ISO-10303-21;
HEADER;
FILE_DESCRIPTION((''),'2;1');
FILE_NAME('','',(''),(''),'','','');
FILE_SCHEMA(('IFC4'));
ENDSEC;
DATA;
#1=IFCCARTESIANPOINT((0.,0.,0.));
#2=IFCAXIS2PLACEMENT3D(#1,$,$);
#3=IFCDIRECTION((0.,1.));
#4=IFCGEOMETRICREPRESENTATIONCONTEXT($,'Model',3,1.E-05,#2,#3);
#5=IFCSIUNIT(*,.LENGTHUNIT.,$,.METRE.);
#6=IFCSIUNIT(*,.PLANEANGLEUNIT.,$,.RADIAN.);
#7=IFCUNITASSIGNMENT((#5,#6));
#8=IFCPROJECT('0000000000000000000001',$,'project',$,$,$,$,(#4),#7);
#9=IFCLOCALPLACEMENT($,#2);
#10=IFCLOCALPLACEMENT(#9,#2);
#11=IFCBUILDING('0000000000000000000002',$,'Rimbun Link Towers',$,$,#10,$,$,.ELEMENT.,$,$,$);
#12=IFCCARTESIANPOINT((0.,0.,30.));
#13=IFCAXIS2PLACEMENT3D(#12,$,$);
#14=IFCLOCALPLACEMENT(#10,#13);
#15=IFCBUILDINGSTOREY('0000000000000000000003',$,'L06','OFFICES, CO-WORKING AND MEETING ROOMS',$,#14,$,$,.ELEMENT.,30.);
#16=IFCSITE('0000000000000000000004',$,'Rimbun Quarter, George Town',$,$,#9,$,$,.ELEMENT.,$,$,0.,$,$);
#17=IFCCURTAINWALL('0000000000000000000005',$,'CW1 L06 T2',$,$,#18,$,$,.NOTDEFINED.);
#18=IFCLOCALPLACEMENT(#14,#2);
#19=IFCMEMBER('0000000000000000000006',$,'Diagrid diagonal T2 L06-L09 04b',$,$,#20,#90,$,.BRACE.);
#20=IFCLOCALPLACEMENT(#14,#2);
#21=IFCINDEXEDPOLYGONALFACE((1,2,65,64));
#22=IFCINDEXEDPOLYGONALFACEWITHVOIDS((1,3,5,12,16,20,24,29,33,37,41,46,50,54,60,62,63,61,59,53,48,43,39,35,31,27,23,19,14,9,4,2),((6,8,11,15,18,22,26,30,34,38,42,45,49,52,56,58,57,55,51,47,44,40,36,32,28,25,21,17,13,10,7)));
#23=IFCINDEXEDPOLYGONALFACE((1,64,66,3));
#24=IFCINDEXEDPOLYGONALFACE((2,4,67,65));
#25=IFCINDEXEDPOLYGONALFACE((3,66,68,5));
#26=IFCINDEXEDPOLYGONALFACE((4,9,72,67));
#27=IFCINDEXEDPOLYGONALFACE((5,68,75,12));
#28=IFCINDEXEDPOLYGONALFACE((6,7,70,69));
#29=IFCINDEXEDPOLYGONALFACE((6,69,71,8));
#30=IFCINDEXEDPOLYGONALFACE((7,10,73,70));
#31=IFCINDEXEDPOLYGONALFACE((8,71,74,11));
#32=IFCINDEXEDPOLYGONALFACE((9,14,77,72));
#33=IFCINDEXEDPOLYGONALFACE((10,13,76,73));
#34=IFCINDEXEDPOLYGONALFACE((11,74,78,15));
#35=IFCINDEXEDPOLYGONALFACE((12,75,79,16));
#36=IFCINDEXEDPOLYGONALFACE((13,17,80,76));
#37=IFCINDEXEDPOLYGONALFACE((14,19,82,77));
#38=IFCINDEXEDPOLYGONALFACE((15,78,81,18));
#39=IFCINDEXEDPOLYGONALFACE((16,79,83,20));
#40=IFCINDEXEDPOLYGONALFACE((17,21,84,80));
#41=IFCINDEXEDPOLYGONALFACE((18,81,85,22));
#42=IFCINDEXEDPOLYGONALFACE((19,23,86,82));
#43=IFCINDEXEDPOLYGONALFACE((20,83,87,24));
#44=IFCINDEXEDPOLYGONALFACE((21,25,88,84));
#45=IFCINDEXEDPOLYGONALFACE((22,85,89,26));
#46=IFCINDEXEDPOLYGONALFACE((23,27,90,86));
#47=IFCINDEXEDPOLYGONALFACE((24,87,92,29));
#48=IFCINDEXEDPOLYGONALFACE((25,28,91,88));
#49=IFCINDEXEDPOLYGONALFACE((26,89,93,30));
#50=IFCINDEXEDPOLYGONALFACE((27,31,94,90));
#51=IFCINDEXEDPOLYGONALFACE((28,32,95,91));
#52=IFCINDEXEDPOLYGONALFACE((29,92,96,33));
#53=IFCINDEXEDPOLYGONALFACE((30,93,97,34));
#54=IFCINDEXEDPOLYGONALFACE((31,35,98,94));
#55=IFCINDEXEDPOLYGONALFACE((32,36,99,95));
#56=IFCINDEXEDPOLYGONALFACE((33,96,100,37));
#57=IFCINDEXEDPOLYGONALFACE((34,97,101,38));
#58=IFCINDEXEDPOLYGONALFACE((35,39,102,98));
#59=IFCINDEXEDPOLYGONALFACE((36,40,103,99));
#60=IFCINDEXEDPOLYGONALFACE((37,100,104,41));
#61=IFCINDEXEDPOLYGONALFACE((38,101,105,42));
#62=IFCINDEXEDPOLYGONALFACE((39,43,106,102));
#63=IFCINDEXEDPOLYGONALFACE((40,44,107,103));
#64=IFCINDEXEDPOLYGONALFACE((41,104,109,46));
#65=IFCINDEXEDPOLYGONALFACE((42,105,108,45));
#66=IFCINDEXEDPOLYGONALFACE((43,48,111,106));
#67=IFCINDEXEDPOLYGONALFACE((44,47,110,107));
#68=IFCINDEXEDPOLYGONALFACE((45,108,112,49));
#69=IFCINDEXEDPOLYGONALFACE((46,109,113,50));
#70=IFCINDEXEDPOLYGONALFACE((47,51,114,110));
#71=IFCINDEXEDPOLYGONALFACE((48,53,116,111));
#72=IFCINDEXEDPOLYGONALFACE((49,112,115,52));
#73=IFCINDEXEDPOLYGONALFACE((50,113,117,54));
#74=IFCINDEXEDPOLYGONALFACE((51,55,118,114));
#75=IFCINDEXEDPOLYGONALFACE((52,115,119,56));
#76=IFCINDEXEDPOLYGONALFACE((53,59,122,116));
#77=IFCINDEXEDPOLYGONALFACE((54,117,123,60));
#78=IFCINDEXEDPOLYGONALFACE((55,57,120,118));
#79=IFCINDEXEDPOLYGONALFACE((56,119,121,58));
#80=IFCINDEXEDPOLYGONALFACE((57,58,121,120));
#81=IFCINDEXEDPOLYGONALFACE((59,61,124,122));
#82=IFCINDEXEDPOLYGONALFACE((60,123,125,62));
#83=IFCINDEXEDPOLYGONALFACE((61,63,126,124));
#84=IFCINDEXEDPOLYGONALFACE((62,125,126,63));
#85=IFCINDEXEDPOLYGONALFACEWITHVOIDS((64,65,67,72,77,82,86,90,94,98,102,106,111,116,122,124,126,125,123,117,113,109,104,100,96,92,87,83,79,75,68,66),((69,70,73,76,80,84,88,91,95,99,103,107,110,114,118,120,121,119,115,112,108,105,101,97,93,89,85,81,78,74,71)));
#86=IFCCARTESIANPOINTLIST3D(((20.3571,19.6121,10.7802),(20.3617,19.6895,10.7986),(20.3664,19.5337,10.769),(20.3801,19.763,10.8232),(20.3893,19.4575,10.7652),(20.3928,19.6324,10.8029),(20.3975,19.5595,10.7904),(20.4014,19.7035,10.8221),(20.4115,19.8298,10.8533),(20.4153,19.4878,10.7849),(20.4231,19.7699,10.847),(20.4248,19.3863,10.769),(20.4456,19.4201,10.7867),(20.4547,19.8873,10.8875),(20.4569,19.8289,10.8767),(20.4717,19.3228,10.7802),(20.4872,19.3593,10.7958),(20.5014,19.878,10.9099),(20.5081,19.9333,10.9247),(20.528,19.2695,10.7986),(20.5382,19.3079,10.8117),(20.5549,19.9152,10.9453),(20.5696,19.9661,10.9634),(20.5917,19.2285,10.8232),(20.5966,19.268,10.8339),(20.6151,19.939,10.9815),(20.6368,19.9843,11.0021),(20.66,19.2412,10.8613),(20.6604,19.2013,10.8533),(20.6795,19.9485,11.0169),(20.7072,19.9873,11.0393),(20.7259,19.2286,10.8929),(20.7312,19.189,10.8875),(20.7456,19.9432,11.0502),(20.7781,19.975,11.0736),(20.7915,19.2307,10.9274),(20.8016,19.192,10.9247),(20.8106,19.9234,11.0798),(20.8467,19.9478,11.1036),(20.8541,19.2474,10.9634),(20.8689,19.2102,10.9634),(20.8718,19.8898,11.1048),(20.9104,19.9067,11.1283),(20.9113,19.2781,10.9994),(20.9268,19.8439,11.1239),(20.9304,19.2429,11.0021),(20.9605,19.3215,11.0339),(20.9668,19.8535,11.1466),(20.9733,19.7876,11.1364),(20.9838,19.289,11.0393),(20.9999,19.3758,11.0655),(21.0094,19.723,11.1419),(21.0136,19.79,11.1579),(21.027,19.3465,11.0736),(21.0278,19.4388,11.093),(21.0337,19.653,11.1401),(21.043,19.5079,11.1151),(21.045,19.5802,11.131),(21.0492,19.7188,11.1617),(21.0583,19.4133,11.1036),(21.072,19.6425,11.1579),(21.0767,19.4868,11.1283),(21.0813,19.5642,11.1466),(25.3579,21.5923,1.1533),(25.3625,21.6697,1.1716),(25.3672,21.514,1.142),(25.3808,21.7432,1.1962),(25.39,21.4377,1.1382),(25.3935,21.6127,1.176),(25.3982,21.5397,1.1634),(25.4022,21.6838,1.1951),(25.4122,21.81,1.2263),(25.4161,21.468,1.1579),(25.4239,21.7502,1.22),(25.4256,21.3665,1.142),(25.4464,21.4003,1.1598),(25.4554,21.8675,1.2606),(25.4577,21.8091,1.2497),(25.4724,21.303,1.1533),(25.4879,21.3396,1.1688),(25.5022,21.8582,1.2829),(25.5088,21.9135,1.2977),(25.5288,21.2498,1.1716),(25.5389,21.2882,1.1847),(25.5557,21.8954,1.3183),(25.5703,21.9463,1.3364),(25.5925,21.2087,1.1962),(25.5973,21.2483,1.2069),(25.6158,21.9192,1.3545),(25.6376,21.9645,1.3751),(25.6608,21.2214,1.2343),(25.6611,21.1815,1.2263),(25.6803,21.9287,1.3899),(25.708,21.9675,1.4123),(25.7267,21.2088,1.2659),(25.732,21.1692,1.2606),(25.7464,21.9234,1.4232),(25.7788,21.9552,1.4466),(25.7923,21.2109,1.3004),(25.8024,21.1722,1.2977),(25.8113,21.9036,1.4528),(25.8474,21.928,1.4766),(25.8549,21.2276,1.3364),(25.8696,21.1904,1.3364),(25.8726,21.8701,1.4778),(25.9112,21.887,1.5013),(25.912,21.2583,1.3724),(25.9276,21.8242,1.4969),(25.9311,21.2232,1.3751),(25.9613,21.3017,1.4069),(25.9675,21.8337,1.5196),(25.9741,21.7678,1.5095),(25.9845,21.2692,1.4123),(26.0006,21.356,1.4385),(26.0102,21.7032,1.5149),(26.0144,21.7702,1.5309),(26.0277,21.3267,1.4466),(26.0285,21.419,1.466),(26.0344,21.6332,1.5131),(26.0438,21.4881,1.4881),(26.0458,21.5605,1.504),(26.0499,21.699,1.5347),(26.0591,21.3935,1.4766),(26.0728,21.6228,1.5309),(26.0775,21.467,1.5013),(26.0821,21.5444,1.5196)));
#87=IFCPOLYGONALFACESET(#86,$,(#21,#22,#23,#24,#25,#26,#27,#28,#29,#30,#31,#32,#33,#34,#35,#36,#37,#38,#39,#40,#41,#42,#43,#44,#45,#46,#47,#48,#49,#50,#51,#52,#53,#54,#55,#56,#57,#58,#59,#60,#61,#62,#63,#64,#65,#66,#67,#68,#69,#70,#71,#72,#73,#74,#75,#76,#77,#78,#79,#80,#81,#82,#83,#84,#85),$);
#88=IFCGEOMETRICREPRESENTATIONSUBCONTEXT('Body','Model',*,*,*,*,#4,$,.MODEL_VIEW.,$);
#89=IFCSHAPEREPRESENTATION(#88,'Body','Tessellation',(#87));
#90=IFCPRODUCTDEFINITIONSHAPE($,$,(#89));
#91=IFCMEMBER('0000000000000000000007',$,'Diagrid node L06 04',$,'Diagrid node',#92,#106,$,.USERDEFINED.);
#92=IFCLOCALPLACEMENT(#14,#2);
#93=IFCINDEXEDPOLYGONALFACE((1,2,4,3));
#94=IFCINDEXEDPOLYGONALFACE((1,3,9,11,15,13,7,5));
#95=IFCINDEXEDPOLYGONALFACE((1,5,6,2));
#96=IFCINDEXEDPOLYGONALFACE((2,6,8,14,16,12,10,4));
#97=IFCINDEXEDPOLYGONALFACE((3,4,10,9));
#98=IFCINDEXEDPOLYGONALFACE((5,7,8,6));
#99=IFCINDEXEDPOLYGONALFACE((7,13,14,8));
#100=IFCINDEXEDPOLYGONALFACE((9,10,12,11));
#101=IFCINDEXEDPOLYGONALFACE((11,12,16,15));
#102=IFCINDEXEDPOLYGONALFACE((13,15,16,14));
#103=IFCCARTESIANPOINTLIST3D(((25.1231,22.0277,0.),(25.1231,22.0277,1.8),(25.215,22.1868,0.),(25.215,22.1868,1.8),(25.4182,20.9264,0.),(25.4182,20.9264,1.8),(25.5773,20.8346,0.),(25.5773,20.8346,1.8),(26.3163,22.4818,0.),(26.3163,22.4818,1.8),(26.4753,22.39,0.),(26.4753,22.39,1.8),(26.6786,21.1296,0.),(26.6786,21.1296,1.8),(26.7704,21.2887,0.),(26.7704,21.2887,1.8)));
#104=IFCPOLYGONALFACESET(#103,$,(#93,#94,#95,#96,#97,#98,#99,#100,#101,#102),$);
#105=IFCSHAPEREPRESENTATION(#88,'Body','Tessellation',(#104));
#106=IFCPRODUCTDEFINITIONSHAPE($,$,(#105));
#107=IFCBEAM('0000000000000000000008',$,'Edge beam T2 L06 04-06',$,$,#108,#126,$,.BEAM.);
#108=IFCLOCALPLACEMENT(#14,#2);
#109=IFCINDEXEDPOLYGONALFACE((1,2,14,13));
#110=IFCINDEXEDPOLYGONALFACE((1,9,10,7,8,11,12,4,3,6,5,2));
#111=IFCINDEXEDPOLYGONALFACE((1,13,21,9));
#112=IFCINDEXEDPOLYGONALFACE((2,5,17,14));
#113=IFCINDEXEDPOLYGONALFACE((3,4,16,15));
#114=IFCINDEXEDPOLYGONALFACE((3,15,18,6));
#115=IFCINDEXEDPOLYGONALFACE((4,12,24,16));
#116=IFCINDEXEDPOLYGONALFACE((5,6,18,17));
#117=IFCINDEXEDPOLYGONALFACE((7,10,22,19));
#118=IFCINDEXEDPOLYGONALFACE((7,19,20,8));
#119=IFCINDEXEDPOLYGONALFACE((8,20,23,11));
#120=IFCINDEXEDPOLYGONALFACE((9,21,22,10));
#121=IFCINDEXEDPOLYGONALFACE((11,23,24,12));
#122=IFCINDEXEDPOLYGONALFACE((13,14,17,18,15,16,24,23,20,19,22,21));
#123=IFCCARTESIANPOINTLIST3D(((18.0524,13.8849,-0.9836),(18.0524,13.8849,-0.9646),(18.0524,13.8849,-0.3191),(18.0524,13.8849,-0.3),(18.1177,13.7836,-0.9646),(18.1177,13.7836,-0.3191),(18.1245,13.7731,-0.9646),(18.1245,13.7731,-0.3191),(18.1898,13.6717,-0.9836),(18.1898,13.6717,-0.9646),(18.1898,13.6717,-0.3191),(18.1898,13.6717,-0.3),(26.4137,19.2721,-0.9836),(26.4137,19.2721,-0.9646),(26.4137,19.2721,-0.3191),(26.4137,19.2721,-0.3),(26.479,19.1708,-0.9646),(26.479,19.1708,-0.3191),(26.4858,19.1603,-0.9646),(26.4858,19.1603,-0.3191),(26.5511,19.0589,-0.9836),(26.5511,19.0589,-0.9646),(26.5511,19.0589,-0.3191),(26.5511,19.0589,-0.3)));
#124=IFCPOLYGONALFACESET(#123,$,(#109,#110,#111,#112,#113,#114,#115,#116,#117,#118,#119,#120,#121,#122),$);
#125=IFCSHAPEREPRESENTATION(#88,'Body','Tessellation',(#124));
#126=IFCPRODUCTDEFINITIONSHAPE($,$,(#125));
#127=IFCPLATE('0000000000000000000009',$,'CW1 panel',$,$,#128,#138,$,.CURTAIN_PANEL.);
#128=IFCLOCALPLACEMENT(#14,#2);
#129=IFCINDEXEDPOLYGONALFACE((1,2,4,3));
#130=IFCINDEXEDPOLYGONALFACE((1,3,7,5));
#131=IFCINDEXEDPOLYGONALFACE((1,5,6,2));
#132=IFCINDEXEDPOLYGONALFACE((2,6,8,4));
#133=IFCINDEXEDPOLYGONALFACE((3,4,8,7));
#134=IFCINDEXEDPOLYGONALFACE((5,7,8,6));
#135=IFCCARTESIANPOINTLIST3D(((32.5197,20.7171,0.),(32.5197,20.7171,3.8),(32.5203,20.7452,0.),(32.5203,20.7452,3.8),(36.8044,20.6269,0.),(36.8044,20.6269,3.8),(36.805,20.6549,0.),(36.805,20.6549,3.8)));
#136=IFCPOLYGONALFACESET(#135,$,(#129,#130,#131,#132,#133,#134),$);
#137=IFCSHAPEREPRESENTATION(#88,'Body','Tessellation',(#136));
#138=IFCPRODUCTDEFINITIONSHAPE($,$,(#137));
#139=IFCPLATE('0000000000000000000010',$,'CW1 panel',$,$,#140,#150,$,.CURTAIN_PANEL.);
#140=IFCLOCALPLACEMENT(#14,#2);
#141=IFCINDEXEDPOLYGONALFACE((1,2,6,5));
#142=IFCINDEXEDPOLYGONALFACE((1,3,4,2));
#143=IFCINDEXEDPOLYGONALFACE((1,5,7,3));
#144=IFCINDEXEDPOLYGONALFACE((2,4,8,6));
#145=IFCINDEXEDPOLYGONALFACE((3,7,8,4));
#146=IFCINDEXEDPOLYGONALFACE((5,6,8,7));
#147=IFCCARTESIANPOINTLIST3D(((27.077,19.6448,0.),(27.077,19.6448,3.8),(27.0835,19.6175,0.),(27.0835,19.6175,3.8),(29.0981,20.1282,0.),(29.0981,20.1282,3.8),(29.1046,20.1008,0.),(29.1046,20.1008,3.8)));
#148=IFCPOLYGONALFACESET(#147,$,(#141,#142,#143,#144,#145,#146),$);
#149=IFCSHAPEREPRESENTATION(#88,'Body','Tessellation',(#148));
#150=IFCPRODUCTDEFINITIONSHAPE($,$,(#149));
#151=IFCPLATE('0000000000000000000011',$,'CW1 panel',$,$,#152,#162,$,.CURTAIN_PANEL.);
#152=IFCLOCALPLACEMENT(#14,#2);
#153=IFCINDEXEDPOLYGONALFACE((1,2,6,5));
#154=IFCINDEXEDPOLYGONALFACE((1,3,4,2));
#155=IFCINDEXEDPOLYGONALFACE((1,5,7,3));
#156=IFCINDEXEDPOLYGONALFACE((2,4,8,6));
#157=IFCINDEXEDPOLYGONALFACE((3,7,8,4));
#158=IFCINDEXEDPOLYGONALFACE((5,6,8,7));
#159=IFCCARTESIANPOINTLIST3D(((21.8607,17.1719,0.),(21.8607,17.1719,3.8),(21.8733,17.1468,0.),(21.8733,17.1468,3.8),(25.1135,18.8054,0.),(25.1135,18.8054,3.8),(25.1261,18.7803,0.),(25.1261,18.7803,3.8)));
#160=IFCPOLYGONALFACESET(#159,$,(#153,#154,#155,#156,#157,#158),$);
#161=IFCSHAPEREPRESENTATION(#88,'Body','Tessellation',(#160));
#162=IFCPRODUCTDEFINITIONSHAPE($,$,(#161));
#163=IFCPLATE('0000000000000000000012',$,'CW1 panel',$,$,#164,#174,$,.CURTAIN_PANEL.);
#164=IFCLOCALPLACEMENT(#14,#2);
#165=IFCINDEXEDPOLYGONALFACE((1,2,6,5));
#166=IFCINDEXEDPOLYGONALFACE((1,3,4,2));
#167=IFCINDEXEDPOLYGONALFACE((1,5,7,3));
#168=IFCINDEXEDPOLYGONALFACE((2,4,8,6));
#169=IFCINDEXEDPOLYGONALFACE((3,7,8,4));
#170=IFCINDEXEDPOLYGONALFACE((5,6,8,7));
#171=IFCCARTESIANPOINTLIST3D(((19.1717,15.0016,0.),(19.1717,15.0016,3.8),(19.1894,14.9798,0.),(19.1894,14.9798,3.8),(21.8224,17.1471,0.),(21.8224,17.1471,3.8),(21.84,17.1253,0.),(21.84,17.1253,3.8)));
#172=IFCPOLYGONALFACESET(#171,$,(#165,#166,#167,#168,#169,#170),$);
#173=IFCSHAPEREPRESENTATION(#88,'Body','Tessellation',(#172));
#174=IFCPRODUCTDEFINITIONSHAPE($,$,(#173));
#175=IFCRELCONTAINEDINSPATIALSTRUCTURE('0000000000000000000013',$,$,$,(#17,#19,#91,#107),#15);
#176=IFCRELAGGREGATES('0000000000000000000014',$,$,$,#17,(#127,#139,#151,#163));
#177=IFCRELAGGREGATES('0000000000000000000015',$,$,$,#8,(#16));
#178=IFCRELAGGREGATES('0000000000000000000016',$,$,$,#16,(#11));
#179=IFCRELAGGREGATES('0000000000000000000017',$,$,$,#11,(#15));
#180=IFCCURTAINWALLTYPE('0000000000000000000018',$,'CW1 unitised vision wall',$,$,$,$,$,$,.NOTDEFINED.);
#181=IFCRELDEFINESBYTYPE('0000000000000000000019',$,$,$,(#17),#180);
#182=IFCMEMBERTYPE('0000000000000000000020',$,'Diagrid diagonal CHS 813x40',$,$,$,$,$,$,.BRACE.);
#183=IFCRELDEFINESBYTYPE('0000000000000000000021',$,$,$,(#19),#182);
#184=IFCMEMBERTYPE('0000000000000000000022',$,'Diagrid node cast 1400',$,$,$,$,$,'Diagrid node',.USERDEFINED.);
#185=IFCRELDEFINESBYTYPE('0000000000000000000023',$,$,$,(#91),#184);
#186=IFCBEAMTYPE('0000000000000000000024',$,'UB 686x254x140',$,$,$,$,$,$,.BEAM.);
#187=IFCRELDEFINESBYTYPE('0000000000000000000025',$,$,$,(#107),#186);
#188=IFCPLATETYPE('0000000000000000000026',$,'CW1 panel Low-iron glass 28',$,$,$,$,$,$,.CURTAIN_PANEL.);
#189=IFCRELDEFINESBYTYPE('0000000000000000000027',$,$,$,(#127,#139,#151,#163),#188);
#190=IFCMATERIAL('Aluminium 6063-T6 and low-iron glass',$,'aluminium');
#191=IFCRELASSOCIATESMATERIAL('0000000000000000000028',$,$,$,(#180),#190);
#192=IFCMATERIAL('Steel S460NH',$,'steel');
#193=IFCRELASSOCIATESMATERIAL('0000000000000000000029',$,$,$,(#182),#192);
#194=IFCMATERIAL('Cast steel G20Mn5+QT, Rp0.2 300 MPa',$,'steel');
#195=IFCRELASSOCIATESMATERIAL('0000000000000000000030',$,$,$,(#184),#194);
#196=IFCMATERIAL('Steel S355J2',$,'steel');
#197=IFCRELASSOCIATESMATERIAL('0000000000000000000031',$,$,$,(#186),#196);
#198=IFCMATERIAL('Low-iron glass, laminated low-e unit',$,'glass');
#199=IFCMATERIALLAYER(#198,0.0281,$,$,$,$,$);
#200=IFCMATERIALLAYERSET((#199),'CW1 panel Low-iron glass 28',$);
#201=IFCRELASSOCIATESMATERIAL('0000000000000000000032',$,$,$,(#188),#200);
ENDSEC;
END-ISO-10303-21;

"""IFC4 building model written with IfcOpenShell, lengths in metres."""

from ifc_helpers import new_model, si_unit, direction, frame, origin, origin_2d, place, context, subcontext, project, spatial, polyline, rectangle, hollow_circle, i_section, outline, extrude, material, layer, layer_set, material_profile, profile_set, type_object, element, aggregate, save


model = new_model("IFC4")

# Units and contexts
model_context = context("Model", 3, precision=1e-05, world=origin(), true_north=direction((0.0, 1.0)))
body_context = subcontext(model_context, "Body", "Model", "MODEL_VIEW")
ifc_project = project(units=[si_unit("LENGTHUNIT", "METRE"), si_unit("PLANEANGLEUNIT", "RADIAN")], contexts=[model_context])

# Site, building, storey
site_placement = place(None, origin())
site = spatial("IfcSite", under=ifc_project, at=site_placement, Name="Rimbun Quarter, George Town", CompositionType="ELEMENT", RefElevation=0.0)
building_placement = place(site_placement, origin())
building = spatial("IfcBuilding", under=site, at=building_placement, Name="Rimbun Link Towers", CompositionType="ELEMENT")
storey_placement = place(building_placement, frame((0.0, 0.0, 30.0)))
storey = spatial("IfcBuildingStorey", under=building, at=storey_placement, Name="L06", Description="OFFICES, CO-WORKING AND MEETING ROOMS", CompositionType="ELEMENT", Elevation=30.0)

# Curtain wall
ifc_material_1 = material(Name="Aluminium 6063-T6 and low-iron glass", Category="aluminium")
curtain_wall_type = type_object("IfcCurtainWallType", Name="CW1 unitised vision wall", PredefinedType="NOTDEFINED", material=ifc_material_1)
curtain_wall_placement = place(storey_placement, origin())
curtain_wall = element("IfcCurtainWall", 1, at=curtain_wall_placement, inside=storey, type_object=curtain_wall_type, Name="CW1 L06 T2", PredefinedType="NOTDEFINED")

# Members
ifc_material_2 = material(Name="Steel S460NH", Category="steel")
ifc_material_profile_1 = material_profile(ifc_material_2, hollow_circle(Radius=0.4065, WallThickness=0.04, at=origin_2d()), Name="Diagrid diagonal CHS 813x40")
ifc_profile_set_1 = profile_set([ifc_material_profile_1], Name="Steel S460NH")
member_type_1 = type_object("IfcMemberType", Name="Diagrid diagonal CHS 813x40", PredefinedType="BRACE", material=ifc_profile_set_1)
member_1_placement = place(storey_placement, frame((25.72, 21.5684, 1.3364), z_axis=(-0.453476, -0.179571, 0.872991), x_axis=(0.368172, -0.929758, 0.0)))
element("IfcMember", 2, at=member_1_placement, inside=storey, type_object=member_type_1, Name="Diagrid diagonal T2 L06-L09 04b", PredefinedType="BRACE", context=body_context, shape_type="SweptSolid", body=[
    extrude(hollow_circle(Radius=0.4065, WallThickness=0.04, at=origin_2d()), origin(), (0.0, 0.0, 1.0), 11.0276),
])
ifc_material_3 = material(Name="Cast steel G20Mn5+QT, Rp0.2 300 MPa", Category="steel")
ifc_material_profile_2 = material_profile(ifc_material_3, outline(polyline([(0.7, -0.5701), (0.7, 0.5701), (0.5701, 0.7), (-0.5701, 0.7), (-0.7, 0.5701), (-0.7, -0.5701), (-0.5701, -0.7), (0.5701, -0.7), (0.7, -0.5701)])), Name="NODE 1400x1400")
ifc_profile_set_2 = profile_set([ifc_material_profile_2], Name="Cast steel G20Mn5+QT, Rp0.2 300 MPa")
member_type_2 = type_object("IfcMemberType", Name="Diagrid node cast 1400", ElementType="Diagrid node", PredefinedType="USERDEFINED", material=ifc_profile_set_2)
member_2_placement = place(storey_placement, frame((25.9468, 21.6582, 0.0), z_axis=(0.0, 0.0, 1.0), x_axis=(-0.258819, 0.965926, 0.0)))
element("IfcMember", 3, at=member_2_placement, inside=storey, type_object=member_type_2, Name="Diagrid node L06 04", ObjectType="Diagrid node", PredefinedType="USERDEFINED", context=body_context, shape_type="SweptSolid", body=[
    extrude(outline(polyline([(0.7, -0.5701), (0.7, 0.5701), (0.5701, 0.7), (-0.5701, 0.7), (-0.7, 0.5701), (-0.7, -0.5701), (-0.5701, -0.7), (0.5701, -0.7), (0.7, -0.5701)])), origin(), (0.0, 0.0, 1.0), 1.8),
])

# Beam
ifc_material_4 = material(Name="Steel S355J2", Category="steel")
ifc_material_profile_3 = material_profile(ifc_material_4, i_section(OverallWidth=0.2537, OverallDepth=0.6836, WebThickness=0.0125, FlangeThickness=0.019, at=origin_2d()), Name="UB 686x254x140")
ifc_profile_set_3 = profile_set([ifc_material_profile_3], Name="Steel S355J2")
beam_type = type_object("IfcBeamType", Name="UB 686x254x140", PredefinedType="BEAM", material=ifc_profile_set_3)
beam_placement = place(storey_placement, frame((26.4824, 19.1655, -0.6418), z_axis=(-0.840626, -0.541616, 0.0), x_axis=(0.541616, -0.840626, 0.0)))
element("IfcBeam", 4, at=beam_placement, inside=storey, type_object=beam_type, Name="Edge beam T2 L06 04-06", PredefinedType="BEAM", context=body_context, shape_type="SweptSolid", body=[
    extrude(i_section(OverallWidth=0.2537, OverallDepth=0.6836, WebThickness=0.0125, FlangeThickness=0.019, at=origin_2d()), origin(), (0.0, 0.0, 1.0), 9.9465),
])

# Plates
ifc_material_5 = material(Name="Low-iron glass, laminated low-e unit", Category="glass")
ifc_layer_1 = layer(ifc_material_5, 0.0281)
ifc_layer_set_1 = layer_set([ifc_layer_1], Name="CW1 panel Low-iron glass 28")
plate_type = type_object("IfcPlateType", Name="CW1 panel Low-iron glass 28", PredefinedType="CURTAIN_PANEL", material=ifc_layer_set_1)
plate_1_placement = place(storey_placement, frame((34.6624, 20.686, 0.0), z_axis=(0.0, 0.0, 1.0), x_axis=(0.999778, -0.021066, 0.0)))
plate_1 = element("IfcPlate", 5, at=plate_1_placement, type_object=plate_type, Name="CW1 panel", PredefinedType="CURTAIN_PANEL", context=body_context, shape_type="SweptSolid", body=[
    extrude(rectangle(XDim=4.2856, YDim=0.0281, at=origin_2d()), origin(), (0.0, 0.0, 1.0), 3.8),
])
plate_2_placement = place(storey_placement, frame((28.0908, 19.8728, 0.0), z_axis=(0.0, 0.0, 1.0), x_axis=(0.972569, 0.232613, 0.0)))
plate_2 = element("IfcPlate", 6, at=plate_2_placement, type_object=plate_type, Name="CW1 panel", PredefinedType="CURTAIN_PANEL", context=body_context, shape_type="SweptSolid", body=[
    extrude(rectangle(XDim=2.0781, YDim=0.0281, at=origin_2d()), origin(), (0.0, 0.0, 1.0), 3.8),
])
plate_3_placement = place(storey_placement, frame((23.4934, 17.9761, 0.0), z_axis=(0.0, 0.0, 1.0), x_axis=(0.893646, 0.448773, 0.0)))
plate_3 = element("IfcPlate", 7, at=plate_3_placement, type_object=plate_type, Name="CW1 panel", PredefinedType="CURTAIN_PANEL", context=body_context, shape_type="SweptSolid", body=[
    extrude(rectangle(XDim=3.6399, YDim=0.0281, at=origin_2d()), origin(), (0.0, 0.0, 1.0), 3.8),
])
plate_4_placement = place(storey_placement, frame((20.5059, 16.0635, 0.0), z_axis=(0.0, 0.0, 1.0), x_axis=(0.777283, 0.629151, 0.0)))
plate_4 = element("IfcPlate", 8, at=plate_4_placement, type_object=plate_type, Name="CW1 panel", PredefinedType="CURTAIN_PANEL", context=body_context, shape_type="SweptSolid", body=[
    extrude(rectangle(XDim=3.4102, YDim=0.0281, at=origin_2d()), origin(), (0.0, 0.0, 1.0), 3.8),
])
aggregate(curtain_wall, [plate_1, plate_2, plate_3, plate_4])

save(model, "model.ifc")
